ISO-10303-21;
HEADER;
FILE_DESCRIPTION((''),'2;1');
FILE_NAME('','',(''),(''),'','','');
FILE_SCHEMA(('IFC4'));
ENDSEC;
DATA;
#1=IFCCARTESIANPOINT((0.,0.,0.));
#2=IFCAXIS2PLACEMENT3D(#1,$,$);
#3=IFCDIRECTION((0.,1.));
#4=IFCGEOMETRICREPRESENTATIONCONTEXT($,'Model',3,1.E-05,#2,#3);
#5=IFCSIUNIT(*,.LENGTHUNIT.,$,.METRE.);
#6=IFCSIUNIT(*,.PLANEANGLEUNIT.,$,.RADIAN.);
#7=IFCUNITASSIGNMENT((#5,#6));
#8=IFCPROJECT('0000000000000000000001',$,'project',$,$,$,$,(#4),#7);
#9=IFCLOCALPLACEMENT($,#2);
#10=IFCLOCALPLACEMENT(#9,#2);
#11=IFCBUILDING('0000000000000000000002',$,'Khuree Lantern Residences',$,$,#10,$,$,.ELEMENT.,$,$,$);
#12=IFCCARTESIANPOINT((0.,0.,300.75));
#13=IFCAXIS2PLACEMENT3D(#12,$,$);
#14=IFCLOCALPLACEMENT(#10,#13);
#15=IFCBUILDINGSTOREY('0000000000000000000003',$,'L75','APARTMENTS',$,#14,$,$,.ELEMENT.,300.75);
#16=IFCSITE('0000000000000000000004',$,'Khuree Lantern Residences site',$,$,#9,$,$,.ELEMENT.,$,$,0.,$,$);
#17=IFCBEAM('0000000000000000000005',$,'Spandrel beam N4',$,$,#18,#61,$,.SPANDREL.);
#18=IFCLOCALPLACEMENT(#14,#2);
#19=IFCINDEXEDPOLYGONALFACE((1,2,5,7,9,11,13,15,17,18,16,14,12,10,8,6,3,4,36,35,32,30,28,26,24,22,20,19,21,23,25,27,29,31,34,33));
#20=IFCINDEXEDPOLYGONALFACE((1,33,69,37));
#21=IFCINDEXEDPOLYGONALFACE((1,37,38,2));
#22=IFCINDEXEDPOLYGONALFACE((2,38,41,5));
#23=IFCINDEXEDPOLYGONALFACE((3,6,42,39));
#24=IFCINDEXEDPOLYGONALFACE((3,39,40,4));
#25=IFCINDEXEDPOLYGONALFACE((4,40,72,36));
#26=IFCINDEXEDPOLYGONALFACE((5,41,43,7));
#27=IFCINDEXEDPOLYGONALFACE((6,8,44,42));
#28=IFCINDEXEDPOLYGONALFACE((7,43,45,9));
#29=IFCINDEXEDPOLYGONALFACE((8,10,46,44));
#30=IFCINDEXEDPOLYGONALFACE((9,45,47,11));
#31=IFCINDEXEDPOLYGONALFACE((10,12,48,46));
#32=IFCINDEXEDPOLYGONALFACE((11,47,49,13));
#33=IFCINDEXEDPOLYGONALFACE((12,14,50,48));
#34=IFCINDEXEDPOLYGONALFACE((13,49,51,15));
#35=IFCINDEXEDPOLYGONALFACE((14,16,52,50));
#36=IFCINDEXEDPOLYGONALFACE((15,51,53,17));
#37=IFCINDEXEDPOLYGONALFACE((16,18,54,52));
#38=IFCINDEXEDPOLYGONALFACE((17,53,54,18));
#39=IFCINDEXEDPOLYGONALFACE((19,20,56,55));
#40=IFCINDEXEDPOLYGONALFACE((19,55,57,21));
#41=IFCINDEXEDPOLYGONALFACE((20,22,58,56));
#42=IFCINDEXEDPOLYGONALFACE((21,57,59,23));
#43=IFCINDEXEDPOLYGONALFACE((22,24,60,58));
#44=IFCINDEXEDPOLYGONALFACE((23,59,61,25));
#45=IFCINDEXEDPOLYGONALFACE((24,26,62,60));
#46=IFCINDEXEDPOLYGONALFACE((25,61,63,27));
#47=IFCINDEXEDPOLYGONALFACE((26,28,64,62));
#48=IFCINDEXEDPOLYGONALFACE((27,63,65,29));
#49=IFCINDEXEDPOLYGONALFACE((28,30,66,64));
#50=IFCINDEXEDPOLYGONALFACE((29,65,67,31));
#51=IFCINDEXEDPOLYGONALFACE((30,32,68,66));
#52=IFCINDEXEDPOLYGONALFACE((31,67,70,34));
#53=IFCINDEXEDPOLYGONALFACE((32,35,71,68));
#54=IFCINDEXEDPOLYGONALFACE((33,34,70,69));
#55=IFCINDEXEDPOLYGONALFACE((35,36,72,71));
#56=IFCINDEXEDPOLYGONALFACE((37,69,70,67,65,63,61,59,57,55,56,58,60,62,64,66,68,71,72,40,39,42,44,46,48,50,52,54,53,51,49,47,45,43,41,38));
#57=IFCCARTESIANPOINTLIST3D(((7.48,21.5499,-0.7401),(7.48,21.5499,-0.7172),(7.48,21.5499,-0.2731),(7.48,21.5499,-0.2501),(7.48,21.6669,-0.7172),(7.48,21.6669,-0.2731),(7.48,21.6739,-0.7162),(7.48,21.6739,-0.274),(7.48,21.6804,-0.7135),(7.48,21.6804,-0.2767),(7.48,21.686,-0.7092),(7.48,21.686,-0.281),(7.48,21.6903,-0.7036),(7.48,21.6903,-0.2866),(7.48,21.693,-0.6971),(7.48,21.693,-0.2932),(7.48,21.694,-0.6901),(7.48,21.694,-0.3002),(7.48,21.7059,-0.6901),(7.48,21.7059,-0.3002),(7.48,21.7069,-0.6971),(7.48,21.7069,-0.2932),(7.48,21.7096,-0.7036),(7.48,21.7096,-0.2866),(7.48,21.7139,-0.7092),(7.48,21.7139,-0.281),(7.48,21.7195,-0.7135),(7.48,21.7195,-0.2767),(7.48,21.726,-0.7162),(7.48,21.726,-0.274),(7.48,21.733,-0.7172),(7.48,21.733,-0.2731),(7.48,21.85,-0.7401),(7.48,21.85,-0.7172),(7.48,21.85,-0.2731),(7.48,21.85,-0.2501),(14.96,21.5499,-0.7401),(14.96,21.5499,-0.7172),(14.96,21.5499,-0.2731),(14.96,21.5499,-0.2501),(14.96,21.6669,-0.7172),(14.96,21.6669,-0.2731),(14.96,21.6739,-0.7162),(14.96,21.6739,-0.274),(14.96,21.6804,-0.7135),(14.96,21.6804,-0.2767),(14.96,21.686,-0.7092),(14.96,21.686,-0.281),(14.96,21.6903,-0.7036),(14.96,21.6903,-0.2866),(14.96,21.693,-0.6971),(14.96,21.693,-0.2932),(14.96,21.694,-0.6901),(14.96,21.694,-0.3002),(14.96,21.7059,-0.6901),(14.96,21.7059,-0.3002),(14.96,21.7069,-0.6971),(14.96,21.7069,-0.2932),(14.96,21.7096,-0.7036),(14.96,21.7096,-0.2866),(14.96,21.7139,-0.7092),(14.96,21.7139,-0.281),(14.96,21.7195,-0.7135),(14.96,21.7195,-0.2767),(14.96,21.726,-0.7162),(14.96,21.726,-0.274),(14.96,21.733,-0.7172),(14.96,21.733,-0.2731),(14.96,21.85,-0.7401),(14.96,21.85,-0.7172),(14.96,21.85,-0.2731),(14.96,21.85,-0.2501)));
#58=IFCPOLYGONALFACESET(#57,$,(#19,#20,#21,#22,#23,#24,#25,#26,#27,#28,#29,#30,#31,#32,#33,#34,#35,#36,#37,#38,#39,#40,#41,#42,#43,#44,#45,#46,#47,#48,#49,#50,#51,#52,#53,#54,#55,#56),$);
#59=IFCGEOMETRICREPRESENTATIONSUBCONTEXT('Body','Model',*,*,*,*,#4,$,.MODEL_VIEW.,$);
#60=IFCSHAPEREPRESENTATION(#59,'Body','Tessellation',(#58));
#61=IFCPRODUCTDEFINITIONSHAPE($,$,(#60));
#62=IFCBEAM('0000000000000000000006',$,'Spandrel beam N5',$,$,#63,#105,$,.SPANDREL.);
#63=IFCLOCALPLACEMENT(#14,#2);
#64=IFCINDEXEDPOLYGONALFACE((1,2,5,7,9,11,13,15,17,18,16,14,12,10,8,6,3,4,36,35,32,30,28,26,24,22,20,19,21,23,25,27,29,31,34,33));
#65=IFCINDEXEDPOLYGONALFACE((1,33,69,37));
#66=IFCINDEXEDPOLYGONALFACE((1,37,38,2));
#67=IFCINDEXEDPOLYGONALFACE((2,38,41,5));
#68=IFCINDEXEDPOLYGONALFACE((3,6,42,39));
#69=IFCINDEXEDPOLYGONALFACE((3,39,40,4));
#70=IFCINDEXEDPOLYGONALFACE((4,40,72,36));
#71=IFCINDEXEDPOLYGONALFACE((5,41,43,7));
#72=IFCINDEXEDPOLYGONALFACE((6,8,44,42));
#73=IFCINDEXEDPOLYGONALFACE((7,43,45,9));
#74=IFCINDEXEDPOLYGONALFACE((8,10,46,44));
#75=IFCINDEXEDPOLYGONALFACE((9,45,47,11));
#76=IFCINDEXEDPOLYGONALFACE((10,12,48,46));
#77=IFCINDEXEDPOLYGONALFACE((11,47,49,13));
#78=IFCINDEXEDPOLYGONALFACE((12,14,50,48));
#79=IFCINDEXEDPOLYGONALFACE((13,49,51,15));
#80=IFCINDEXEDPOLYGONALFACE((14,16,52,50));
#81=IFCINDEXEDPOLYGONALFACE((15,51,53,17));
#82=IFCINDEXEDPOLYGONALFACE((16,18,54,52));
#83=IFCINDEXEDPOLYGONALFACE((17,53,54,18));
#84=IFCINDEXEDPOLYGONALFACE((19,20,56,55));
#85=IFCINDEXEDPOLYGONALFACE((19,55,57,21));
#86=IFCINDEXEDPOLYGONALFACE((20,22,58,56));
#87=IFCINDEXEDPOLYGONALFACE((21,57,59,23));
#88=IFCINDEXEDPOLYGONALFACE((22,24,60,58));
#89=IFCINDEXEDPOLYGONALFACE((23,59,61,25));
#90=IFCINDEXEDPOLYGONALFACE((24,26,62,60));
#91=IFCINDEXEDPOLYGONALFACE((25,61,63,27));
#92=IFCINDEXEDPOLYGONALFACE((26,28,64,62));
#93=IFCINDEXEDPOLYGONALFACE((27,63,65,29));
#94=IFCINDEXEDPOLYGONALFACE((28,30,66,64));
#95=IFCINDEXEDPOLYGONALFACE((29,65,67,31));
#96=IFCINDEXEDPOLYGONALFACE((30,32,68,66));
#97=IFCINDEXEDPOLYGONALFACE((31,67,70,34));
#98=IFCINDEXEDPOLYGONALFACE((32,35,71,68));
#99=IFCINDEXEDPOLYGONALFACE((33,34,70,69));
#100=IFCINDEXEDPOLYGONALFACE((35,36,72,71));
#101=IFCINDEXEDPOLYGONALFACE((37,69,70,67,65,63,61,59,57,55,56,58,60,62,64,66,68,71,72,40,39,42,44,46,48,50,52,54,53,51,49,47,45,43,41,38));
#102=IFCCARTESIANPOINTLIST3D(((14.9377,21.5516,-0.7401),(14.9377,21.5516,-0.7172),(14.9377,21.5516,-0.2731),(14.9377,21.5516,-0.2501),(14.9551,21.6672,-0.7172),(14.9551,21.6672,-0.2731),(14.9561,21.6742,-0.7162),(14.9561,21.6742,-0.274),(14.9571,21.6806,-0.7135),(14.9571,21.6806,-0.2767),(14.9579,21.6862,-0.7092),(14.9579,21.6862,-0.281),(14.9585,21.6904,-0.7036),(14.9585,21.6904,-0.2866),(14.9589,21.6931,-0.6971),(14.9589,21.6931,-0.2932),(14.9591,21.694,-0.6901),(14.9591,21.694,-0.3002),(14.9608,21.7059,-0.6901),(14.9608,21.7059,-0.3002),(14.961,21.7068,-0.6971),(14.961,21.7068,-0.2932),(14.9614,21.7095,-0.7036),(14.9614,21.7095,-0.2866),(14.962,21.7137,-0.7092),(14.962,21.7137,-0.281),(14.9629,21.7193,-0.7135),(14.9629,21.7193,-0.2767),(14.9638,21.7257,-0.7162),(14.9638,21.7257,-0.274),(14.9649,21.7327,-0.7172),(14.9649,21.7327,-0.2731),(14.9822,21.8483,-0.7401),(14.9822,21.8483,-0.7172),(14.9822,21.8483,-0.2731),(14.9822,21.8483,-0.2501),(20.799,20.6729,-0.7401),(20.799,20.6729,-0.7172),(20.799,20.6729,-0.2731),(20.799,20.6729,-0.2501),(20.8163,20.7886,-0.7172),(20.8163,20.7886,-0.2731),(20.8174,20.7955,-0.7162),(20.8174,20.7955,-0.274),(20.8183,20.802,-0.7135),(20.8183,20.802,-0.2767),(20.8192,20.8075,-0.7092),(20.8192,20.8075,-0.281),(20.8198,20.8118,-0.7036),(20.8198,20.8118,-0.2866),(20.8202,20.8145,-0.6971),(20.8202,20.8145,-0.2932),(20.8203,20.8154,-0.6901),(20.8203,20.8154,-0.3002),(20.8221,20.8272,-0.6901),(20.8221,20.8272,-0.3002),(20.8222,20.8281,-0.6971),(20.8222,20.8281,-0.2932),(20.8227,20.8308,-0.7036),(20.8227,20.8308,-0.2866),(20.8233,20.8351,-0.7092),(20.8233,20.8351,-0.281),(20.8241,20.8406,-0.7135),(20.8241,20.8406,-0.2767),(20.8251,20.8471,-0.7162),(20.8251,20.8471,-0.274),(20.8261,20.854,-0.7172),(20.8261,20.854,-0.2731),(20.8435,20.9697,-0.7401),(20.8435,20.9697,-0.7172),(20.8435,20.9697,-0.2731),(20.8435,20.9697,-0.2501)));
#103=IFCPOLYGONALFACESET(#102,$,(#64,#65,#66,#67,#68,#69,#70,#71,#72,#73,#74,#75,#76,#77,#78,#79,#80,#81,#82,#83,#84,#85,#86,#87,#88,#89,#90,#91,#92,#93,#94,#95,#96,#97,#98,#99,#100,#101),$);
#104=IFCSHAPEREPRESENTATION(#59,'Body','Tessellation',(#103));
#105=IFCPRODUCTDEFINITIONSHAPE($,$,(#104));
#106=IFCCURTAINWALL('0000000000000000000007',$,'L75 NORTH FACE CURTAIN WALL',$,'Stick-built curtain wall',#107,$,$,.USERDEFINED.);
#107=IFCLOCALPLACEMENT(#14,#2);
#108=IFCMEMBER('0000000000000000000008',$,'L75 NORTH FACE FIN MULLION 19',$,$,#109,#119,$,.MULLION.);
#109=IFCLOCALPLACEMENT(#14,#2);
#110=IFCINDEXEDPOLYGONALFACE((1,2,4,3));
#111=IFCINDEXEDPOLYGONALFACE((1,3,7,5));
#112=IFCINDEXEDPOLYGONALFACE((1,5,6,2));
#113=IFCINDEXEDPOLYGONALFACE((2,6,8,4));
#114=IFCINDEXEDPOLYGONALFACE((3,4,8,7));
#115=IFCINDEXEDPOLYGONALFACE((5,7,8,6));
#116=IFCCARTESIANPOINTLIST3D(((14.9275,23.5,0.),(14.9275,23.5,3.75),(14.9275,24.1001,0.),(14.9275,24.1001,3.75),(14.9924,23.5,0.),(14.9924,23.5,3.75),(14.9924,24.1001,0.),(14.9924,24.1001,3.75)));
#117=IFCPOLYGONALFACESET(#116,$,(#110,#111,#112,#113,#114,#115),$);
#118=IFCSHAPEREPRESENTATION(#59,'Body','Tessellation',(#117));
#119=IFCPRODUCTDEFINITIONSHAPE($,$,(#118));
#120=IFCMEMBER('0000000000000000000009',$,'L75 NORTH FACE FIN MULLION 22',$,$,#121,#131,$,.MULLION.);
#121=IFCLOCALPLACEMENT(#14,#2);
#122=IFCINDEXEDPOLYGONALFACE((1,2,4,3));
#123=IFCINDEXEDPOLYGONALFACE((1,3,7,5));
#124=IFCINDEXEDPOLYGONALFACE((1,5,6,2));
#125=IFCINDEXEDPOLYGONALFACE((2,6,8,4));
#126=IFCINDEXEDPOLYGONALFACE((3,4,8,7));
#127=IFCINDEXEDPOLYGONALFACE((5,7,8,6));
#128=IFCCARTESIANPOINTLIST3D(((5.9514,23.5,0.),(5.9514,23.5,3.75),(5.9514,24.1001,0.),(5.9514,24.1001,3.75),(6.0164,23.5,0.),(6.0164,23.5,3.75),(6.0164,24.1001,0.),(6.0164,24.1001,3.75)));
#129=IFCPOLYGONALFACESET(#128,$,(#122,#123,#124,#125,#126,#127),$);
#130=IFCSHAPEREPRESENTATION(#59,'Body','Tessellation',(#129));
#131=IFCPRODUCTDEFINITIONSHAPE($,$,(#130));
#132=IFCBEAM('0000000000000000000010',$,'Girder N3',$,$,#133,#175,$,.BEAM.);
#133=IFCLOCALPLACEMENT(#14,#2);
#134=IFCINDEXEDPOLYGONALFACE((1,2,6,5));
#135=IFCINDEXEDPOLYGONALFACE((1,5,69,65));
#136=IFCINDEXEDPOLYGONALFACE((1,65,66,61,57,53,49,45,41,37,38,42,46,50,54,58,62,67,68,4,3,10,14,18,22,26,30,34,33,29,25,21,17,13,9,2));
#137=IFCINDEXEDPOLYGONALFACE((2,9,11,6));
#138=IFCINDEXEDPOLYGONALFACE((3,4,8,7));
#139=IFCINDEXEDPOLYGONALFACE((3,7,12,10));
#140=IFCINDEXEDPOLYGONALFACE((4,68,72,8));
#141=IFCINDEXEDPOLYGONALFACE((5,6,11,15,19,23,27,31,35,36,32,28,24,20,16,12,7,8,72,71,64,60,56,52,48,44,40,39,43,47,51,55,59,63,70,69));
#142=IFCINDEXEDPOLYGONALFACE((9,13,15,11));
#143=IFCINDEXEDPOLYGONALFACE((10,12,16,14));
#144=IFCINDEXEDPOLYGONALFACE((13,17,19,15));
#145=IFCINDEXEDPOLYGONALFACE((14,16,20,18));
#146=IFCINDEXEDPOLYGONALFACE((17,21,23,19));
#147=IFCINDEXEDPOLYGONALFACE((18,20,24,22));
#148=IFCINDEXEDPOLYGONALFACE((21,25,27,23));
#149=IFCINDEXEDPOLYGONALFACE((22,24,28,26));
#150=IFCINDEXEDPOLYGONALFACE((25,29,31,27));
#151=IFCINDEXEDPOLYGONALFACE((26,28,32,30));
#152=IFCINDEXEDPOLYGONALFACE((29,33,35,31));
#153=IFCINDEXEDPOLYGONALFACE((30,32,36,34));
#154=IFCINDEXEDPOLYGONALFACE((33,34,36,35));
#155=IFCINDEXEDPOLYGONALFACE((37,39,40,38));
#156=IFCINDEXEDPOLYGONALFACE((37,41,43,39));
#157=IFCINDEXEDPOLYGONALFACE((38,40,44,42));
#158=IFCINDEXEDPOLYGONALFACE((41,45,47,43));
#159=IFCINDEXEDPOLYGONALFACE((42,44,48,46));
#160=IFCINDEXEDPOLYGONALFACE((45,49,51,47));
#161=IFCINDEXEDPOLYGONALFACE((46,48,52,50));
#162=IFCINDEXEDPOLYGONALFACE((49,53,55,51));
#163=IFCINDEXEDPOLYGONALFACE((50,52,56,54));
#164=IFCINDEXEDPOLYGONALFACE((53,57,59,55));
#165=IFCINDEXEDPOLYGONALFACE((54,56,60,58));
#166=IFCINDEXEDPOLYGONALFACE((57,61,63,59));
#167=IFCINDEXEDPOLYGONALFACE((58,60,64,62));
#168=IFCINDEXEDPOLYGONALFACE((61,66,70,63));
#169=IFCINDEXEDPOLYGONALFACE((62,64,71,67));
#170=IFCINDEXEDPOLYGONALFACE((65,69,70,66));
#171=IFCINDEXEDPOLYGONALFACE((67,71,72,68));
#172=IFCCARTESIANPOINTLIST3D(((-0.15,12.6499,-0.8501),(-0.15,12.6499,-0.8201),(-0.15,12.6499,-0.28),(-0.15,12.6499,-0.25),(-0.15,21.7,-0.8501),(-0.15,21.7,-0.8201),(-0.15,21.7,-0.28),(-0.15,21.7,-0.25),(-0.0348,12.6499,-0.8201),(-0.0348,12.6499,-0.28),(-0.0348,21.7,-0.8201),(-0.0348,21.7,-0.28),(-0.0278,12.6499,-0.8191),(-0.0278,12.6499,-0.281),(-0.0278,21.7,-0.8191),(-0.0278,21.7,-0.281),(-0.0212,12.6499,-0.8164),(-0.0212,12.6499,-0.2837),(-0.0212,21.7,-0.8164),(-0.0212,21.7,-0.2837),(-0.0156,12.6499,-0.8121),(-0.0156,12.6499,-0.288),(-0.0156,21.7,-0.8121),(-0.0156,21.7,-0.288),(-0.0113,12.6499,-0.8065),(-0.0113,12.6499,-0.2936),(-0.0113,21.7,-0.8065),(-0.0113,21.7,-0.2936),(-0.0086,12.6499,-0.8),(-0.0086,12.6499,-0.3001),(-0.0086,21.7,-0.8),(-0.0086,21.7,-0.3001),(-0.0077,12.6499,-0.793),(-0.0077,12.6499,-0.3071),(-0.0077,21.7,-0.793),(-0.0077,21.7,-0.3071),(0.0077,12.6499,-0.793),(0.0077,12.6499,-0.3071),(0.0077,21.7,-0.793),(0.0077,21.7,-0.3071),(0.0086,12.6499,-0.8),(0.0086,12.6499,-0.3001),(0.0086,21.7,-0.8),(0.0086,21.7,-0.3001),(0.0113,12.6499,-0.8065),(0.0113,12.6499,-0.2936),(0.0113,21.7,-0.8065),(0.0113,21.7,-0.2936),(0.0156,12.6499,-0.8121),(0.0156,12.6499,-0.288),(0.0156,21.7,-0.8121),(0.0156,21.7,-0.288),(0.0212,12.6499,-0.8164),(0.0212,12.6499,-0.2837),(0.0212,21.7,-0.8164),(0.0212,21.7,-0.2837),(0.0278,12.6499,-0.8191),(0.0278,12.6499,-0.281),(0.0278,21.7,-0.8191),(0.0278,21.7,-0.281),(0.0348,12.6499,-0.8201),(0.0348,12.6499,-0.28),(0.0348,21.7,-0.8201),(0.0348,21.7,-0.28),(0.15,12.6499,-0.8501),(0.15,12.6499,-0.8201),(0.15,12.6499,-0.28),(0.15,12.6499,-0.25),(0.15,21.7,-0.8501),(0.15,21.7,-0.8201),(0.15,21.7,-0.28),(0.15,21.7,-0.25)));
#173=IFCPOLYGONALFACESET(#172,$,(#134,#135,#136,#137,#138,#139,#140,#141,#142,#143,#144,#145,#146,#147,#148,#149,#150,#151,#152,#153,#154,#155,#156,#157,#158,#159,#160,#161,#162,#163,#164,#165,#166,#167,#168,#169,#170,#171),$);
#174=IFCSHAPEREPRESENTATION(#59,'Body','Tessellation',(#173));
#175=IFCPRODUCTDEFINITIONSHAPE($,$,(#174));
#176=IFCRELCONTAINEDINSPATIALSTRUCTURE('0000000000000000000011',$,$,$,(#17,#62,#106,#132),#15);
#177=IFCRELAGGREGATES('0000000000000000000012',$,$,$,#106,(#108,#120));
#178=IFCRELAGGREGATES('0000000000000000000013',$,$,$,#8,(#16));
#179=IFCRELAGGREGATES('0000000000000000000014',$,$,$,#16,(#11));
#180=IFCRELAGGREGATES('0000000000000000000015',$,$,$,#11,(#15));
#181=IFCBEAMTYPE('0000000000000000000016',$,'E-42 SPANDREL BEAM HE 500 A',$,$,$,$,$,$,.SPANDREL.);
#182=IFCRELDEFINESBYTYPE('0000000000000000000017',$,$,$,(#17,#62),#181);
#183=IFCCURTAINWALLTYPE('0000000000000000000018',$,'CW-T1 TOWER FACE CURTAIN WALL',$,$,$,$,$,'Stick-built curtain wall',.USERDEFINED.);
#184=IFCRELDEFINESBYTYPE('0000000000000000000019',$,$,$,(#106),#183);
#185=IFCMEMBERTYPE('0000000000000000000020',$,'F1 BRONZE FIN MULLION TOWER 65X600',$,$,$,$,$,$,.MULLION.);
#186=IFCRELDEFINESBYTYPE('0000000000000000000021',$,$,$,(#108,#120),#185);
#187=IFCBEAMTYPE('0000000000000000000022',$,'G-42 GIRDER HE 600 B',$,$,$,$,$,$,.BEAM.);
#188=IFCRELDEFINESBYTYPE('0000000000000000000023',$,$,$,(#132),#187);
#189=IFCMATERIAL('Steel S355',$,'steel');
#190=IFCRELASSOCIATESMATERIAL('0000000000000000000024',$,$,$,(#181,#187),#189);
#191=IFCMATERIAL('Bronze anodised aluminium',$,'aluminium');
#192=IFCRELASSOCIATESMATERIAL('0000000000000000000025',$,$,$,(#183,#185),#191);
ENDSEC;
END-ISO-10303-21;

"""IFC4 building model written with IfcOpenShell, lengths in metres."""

from ifc_helpers import new_model, si_unit, direction, frame, origin, origin_2d, place, context, subcontext, project, spatial, rectangle, i_section, extrude, material, material_profile, profile_set, type_object, element, aggregate, save


model = new_model("IFC4")

# Units and contexts
model_context = context("Model", 3, precision=1e-05, world=origin(), true_north=direction((0.0, 1.0)))
body_context = subcontext(model_context, "Body", "Model", "MODEL_VIEW")
ifc_project = project(units=[si_unit("LENGTHUNIT", "METRE"), si_unit("PLANEANGLEUNIT", "RADIAN")], contexts=[model_context])

# Site, building, storey
site_placement = place(None, origin())
site = spatial("IfcSite", under=ifc_project, at=site_placement, Name="Khuree Lantern Residences site", CompositionType="ELEMENT", RefElevation=0.0)
building_placement = place(site_placement, origin())
building = spatial("IfcBuilding", under=site, at=building_placement, Name="Khuree Lantern Residences", CompositionType="ELEMENT")
storey_placement = place(building_placement, frame((0.0, 0.0, 300.75)))
storey = spatial("IfcBuildingStorey", under=building, at=storey_placement, Name="L75", Description="APARTMENTS", CompositionType="ELEMENT", Elevation=300.75)

# Beams
ifc_material_1 = material(Name="Steel S355", Category="steel")
ifc_material_profile_1 = material_profile(ifc_material_1, i_section(OverallWidth=0.3, OverallDepth=0.49, WebThickness=0.012, FlangeThickness=0.0229, FilletRadius=0.0271, at=origin_2d()), Name="HE 500 A")
ifc_profile_set_1 = profile_set([ifc_material_profile_1], Name="Steel S355")
beam_type_1 = type_object("IfcBeamType", Name="E-42 SPANDREL BEAM HE 500 A", PredefinedType="SPANDREL", material=ifc_profile_set_1)
for number, where, z_axis, x_axis, name in (
    (1, (7.48, 21.7, -0.4951), (1.0, 0.0, 0.0), (0.0, 1.0, 0.0), "Spandrel beam N4"),
):
    element("IfcBeam", number, at=place(storey_placement, frame(where, z_axis=z_axis, x_axis=x_axis)), inside=storey, type_object=beam_type_1, Name=name, PredefinedType="SPANDREL", context=body_context, shape_type="SweptSolid", body=[
        extrude(i_section(OverallWidth=0.3, OverallDepth=0.49, WebThickness=0.012, FlangeThickness=0.0229, FilletRadius=0.0271, at=origin_2d()), origin(), (0.0, 0.0, 1.0), 7.48),
    ])
beam_placement = place(storey_placement, frame((14.96, 21.7, -0.4951), z_axis=(0.98895, -0.148252, 0.0), x_axis=(0.148252, 0.98895, 0.0)))
element("IfcBeam", 2, at=beam_placement, inside=storey, type_object=beam_type_1, Name="Spandrel beam N5", PredefinedType="SPANDREL", context=body_context, shape_type="SweptSolid", body=[
    extrude(i_section(OverallWidth=0.3, OverallDepth=0.49, WebThickness=0.012, FlangeThickness=0.0229, FilletRadius=0.0271, at=origin_2d()), origin(), (0.0, 0.0, 1.0), 5.9268),
])

# Curtain wall, members
ifc_material_2 = material(Name="Bronze anodised aluminium", Category="aluminium")
curtain_wall_type = type_object("IfcCurtainWallType", Name="CW-T1 TOWER FACE CURTAIN WALL", ElementType="Stick-built curtain wall", PredefinedType="USERDEFINED", material=ifc_material_2)
curtain_wall_placement = place(storey_placement, origin())
curtain_wall = element("IfcCurtainWall", 3, at=curtain_wall_placement, inside=storey, type_object=curtain_wall_type, Name="L75 NORTH FACE CURTAIN WALL", ObjectType="Stick-built curtain wall", PredefinedType="USERDEFINED")
ifc_material_profile_2 = material_profile(ifc_material_2, rectangle(XDim=0.0649, YDim=0.6001, at=origin_2d()), Name="F1 65X600")
ifc_profile_set_2 = profile_set([ifc_material_profile_2], Name="Bronze anodised aluminium")
member_type_1 = type_object("IfcMemberType", Name="F1 BRONZE FIN MULLION TOWER 65X600", PredefinedType="MULLION", material=ifc_profile_set_2)
member_1_placement = place(storey_placement, frame((14.96, 23.8, 0.0), z_axis=(0.0, 0.0, 1.0), x_axis=(-1.0, 0.0, 0.0)))
member_1 = element("IfcMember", 4, at=member_1_placement, type_object=member_type_1, Name="L75 NORTH FACE FIN MULLION 19", PredefinedType="MULLION", context=body_context, shape_type="SweptSolid", body=[
    extrude(rectangle(XDim=0.0649, YDim=0.6001, at=origin_2d()), origin(), (0.0, 0.0, 1.0), 3.75),
])
member_2_placement = place(storey_placement, frame((5.9839, 23.8, 0.0), z_axis=(0.0, 0.0, 1.0), x_axis=(-1.0, 0.0, 0.0)))
member_2 = element("IfcMember", 5, at=member_2_placement, type_object=member_type_1, Name="L75 NORTH FACE FIN MULLION 22", PredefinedType="MULLION", context=body_context, shape_type="SweptSolid", body=[
    extrude(rectangle(XDim=0.0649, YDim=0.6001, at=origin_2d()), origin(), (0.0, 0.0, 1.0), 3.75),
])

# Beam
ifc_material_profile_3 = material_profile(ifc_material_1, i_section(OverallWidth=0.3, OverallDepth=0.6001, WebThickness=0.0154, FlangeThickness=0.03, FilletRadius=0.0271, at=origin_2d()), Name="HE 600 B")
ifc_profile_set_3 = profile_set([ifc_material_profile_3], Name="Steel S355")
beam_type_2 = type_object("IfcBeamType", Name="G-42 GIRDER HE 600 B", PredefinedType="BEAM", material=ifc_profile_set_3)
for number, where, z_axis, x_axis, name in (
    (6, (0.0, 21.7, -0.55), (0.0, -1.0, 0.0), (1.0, 0.0, 0.0), "Girder N3"),
):
    element("IfcBeam", number, at=place(storey_placement, frame(where, z_axis=z_axis, x_axis=x_axis)), inside=storey, type_object=beam_type_2, Name=name, PredefinedType="BEAM", context=body_context, shape_type="SweptSolid", body=[
        extrude(i_section(OverallWidth=0.3, OverallDepth=0.6001, WebThickness=0.0154, FlangeThickness=0.03, FilletRadius=0.0271, at=origin_2d()), origin(), (0.0, 0.0, 1.0), 9.05),
    ])

aggregate(curtain_wall, [member_1, member_2])

save(model, "model.ifc")
